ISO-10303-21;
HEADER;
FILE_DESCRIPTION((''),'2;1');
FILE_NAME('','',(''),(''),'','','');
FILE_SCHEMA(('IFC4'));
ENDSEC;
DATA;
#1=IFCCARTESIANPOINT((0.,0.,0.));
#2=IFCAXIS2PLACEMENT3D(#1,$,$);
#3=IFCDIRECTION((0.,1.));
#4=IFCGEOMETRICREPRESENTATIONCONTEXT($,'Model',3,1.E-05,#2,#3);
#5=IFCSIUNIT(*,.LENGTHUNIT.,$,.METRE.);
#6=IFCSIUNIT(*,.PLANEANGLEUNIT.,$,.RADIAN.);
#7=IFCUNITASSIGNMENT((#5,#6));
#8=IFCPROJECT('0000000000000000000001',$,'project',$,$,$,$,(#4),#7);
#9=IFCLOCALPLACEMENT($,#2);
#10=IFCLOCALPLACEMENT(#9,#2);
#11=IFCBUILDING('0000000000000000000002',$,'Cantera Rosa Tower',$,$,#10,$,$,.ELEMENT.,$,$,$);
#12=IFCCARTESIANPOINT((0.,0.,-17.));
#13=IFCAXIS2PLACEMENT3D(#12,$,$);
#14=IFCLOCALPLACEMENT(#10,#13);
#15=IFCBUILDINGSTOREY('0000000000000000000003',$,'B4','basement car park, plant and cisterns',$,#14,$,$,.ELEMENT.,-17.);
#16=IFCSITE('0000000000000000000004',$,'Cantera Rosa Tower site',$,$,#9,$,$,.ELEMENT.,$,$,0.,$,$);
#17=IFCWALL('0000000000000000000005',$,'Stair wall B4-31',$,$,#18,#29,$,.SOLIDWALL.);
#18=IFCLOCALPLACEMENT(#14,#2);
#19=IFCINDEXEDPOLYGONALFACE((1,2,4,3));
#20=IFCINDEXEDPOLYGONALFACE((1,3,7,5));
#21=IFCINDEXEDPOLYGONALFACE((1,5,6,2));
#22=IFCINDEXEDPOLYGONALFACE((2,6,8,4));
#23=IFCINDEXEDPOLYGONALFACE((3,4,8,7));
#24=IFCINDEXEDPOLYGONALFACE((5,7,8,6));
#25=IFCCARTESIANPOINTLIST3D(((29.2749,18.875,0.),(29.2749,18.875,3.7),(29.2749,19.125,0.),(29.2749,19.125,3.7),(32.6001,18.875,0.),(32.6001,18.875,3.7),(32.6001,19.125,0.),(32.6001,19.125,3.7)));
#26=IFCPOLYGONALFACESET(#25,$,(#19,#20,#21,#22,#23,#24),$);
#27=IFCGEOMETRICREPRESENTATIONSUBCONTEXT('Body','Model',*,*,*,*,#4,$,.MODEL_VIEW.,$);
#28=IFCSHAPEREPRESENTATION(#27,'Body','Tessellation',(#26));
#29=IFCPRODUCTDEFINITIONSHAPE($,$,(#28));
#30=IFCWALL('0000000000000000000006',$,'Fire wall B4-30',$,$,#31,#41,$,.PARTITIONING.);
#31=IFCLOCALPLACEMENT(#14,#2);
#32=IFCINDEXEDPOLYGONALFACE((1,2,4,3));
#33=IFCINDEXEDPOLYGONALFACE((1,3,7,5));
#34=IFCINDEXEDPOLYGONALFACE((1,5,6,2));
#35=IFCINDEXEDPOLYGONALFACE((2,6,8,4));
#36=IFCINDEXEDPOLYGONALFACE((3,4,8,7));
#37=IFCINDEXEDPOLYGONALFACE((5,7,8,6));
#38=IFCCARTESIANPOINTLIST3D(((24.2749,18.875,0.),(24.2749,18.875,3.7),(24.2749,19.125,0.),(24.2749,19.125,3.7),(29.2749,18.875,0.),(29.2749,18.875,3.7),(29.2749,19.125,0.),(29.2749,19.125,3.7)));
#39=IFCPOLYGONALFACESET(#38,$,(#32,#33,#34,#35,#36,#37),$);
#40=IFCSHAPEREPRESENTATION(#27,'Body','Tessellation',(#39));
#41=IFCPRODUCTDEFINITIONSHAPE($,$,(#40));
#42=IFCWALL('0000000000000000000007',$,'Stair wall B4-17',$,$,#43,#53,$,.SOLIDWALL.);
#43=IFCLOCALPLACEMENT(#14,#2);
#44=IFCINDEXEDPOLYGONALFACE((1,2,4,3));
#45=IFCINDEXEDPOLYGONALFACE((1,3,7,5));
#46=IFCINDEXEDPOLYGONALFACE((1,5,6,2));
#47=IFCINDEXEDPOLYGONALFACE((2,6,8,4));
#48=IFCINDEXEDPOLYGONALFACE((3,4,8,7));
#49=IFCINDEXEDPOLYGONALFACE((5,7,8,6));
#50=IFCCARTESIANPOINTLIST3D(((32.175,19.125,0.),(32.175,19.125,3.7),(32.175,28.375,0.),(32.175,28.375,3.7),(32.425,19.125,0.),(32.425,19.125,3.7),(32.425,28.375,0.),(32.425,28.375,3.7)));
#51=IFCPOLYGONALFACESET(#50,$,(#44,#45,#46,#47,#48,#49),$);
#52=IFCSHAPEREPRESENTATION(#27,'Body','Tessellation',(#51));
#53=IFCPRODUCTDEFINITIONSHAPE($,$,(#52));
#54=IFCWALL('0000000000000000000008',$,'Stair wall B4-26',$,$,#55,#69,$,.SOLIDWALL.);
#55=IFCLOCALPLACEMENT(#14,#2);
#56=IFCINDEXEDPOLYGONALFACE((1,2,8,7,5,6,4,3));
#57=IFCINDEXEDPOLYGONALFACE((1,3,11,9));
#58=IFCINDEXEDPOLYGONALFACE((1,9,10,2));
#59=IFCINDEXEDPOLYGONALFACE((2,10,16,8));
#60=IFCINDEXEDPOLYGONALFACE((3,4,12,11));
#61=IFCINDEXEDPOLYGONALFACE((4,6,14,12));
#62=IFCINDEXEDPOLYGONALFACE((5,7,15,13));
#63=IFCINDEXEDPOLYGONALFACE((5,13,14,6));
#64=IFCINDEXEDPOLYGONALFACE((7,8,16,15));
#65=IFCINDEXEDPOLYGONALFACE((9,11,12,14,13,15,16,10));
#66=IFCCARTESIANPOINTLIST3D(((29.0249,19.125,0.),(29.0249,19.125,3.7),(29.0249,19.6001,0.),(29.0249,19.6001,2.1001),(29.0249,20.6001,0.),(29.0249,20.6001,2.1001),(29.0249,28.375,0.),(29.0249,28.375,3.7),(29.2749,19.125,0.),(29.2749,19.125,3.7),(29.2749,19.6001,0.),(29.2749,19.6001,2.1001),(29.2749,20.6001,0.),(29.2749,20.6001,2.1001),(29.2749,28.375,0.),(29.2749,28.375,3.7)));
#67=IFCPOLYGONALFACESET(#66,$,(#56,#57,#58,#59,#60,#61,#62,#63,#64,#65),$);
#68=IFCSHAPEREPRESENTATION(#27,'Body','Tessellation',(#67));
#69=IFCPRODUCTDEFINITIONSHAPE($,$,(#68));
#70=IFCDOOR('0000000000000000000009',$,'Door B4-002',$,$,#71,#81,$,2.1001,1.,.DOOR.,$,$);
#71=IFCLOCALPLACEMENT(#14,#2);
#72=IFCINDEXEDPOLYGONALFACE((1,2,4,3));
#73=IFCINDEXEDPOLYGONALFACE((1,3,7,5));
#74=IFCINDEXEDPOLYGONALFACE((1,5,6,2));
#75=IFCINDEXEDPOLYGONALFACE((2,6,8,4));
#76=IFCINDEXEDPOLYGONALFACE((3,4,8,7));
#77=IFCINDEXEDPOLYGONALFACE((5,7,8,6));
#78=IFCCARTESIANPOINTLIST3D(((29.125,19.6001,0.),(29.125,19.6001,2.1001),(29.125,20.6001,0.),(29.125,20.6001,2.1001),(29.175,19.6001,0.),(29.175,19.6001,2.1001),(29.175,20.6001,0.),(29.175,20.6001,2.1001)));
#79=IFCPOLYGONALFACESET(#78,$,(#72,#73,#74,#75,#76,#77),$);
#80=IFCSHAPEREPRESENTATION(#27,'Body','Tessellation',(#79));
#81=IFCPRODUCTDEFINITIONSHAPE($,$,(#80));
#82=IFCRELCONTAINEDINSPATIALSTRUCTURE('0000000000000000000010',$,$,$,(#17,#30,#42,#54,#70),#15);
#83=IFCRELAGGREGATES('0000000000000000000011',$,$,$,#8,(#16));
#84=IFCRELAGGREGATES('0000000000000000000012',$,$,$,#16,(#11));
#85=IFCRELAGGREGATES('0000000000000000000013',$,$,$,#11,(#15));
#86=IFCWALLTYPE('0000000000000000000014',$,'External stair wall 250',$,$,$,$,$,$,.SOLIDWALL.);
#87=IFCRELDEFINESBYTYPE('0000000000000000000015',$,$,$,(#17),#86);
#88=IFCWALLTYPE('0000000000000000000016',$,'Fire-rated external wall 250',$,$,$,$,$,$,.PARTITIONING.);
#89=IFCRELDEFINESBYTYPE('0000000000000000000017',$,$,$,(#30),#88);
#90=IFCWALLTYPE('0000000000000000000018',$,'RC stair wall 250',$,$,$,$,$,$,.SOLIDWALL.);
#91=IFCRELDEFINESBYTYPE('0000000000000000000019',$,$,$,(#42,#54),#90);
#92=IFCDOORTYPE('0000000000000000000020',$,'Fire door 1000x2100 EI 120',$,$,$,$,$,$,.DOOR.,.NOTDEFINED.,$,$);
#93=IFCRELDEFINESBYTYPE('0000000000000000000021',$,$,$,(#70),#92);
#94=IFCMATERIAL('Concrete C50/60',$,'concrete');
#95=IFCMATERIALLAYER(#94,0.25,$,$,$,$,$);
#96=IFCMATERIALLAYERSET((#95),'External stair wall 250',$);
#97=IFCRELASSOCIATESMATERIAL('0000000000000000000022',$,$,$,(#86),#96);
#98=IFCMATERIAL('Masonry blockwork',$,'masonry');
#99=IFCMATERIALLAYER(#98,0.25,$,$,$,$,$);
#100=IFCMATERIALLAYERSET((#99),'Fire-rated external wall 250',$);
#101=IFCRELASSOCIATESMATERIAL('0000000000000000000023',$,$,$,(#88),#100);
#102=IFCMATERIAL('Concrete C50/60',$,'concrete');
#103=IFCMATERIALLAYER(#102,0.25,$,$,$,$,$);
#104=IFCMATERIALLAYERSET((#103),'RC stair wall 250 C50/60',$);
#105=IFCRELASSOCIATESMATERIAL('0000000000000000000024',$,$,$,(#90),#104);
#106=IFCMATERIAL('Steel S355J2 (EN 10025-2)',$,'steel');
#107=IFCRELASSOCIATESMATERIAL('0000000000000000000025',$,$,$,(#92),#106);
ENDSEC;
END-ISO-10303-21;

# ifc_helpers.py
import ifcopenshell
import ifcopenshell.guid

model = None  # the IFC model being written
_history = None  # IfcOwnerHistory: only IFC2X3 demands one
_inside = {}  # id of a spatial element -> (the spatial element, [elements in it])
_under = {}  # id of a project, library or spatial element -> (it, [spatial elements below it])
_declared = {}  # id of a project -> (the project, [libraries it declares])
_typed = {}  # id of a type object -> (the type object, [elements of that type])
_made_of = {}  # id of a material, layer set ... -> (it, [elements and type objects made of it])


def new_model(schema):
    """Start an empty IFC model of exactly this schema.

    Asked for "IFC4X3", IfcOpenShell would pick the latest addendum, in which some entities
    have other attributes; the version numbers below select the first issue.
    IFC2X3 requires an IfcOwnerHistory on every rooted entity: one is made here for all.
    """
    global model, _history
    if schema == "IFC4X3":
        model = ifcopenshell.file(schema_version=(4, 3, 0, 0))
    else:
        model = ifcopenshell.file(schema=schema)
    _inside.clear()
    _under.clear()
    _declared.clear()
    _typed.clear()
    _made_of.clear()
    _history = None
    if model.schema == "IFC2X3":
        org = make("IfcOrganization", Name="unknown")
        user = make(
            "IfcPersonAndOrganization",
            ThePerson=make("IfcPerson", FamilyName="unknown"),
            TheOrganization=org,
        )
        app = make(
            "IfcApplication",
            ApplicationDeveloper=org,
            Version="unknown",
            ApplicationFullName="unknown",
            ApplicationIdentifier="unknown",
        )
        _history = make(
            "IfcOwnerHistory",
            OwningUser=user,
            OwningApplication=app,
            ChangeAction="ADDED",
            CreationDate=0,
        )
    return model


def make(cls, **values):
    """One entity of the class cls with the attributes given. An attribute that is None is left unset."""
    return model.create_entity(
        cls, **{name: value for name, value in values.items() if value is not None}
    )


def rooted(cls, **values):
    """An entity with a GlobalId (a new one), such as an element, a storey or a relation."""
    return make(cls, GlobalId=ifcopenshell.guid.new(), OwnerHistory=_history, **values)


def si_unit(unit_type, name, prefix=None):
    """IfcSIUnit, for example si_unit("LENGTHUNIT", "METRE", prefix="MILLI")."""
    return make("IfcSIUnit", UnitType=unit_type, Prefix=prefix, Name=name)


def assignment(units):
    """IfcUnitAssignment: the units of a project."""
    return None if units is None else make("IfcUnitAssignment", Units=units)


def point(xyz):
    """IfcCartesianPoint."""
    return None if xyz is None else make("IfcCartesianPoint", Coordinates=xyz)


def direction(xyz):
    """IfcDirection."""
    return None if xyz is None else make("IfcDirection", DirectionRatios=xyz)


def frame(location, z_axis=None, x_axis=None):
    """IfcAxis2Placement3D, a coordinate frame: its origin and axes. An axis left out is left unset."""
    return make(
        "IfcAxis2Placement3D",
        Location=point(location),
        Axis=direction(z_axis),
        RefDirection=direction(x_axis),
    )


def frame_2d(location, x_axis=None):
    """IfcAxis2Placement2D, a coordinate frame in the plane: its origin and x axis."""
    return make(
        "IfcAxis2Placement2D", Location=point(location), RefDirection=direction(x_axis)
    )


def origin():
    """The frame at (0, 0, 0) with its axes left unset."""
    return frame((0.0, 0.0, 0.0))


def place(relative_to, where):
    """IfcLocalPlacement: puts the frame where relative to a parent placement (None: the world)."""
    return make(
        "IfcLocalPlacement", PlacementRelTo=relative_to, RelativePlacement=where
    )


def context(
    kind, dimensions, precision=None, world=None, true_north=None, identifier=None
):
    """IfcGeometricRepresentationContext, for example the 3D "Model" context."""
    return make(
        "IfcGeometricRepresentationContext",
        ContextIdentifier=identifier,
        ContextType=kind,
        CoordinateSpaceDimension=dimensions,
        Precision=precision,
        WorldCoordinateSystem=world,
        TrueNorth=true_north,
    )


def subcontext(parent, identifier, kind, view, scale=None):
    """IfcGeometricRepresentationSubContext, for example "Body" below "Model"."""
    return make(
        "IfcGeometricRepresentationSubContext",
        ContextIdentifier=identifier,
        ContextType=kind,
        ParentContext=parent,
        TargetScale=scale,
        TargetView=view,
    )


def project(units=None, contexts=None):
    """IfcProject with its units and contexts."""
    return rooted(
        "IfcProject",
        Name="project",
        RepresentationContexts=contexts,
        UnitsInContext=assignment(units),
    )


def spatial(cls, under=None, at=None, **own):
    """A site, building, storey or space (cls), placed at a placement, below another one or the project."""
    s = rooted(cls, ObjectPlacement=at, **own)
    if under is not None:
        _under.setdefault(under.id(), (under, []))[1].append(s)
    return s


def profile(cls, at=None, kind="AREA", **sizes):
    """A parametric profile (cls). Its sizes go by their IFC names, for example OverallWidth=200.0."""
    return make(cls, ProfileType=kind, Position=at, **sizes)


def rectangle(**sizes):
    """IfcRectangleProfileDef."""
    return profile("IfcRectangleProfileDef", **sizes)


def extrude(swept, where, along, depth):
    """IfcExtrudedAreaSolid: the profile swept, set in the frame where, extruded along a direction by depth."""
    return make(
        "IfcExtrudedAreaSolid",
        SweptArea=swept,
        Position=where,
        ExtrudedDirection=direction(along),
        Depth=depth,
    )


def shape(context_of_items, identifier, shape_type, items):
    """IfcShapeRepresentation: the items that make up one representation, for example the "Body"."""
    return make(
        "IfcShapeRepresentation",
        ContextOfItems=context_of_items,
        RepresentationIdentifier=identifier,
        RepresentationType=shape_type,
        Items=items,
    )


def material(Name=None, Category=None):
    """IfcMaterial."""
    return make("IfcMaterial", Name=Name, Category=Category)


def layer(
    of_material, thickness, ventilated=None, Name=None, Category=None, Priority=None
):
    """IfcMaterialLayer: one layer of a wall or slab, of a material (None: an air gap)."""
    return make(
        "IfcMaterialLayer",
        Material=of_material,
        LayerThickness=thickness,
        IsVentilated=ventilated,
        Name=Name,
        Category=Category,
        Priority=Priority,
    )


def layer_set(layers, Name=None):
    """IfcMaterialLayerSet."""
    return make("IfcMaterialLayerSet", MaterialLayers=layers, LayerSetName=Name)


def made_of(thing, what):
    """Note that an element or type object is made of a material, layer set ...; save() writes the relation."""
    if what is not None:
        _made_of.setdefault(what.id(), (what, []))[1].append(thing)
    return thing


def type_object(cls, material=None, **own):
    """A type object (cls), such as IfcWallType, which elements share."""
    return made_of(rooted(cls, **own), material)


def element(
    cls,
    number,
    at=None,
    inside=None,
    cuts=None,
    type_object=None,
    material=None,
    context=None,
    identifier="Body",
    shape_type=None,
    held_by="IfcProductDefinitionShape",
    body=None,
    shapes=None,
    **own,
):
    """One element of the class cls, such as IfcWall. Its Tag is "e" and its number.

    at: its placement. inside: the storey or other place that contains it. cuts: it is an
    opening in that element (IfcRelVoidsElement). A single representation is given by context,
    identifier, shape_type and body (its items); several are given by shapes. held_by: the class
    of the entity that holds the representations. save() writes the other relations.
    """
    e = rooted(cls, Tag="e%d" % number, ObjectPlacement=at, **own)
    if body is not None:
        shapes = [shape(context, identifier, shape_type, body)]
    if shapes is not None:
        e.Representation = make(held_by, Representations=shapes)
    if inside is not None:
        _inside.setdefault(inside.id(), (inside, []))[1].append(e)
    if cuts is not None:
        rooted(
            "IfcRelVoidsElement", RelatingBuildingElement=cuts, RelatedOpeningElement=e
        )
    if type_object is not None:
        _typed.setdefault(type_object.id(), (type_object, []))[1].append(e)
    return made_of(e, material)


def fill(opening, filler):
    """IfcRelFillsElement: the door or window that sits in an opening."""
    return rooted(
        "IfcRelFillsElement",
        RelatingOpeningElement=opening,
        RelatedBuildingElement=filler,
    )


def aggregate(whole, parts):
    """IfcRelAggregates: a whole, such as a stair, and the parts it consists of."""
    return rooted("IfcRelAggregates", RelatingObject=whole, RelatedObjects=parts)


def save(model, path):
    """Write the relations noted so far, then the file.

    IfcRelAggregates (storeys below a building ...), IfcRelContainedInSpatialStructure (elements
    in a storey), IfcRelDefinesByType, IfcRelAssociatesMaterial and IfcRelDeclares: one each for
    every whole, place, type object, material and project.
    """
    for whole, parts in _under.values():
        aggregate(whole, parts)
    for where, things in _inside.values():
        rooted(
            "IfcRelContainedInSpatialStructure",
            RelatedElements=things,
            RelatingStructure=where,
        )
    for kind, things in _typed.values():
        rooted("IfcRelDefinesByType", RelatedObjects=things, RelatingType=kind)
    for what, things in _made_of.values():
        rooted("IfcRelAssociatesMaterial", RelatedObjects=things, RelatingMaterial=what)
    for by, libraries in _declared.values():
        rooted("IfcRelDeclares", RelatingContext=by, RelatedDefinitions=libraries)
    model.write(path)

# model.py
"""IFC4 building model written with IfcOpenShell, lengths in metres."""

from ifc_helpers import new_model, si_unit, direction, frame, frame_2d, origin, place, context, subcontext, project, spatial, rectangle, extrude, material, layer, layer_set, type_object, element, fill, save


model = new_model("IFC4")

# Units and contexts
model_context = context("Model", 3, precision=1e-05, world=origin(), true_north=direction((0.0, 1.0)))
body_context = subcontext(model_context, "Body", "Model", "MODEL_VIEW")
ifc_project = project(units=[si_unit("LENGTHUNIT", "METRE"), si_unit("PLANEANGLEUNIT", "RADIAN")], contexts=[model_context])

# Site, building, storey
site_placement = place(None, origin())
site = spatial("IfcSite", under=ifc_project, at=site_placement, Name="Cantera Rosa Tower site", CompositionType="ELEMENT", RefElevation=0.0)
building_placement = place(site_placement, origin())
building = spatial("IfcBuilding", under=site, at=building_placement, Name="Cantera Rosa Tower", CompositionType="ELEMENT")
storey_placement = place(building_placement, frame((0.0, 0.0, -17.0)))
storey = spatial("IfcBuildingStorey", under=building, at=storey_placement, Name="B4", Description="basement car park, plant and cisterns", CompositionType="ELEMENT", Elevation=-17.0)

# Walls
ifc_material_1 = material(Name="Concrete C50/60", Category="concrete")
ifc_layer_1 = layer(ifc_material_1, 0.25)
ifc_layer_set_1 = layer_set([ifc_layer_1], Name="External stair wall 250")
wall_type_1 = type_object("IfcWallType", Name="External stair wall 250", PredefinedType="SOLIDWALL", material=ifc_layer_set_1)
wall_1_placement = place(storey_placement, frame((32.6001, 19.0, 0.0), z_axis=(0.0, 0.0, 1.0), x_axis=(-1.0, 0.0, 0.0)))
element("IfcWall", 1, at=wall_1_placement, inside=storey, type_object=wall_type_1, Name="Stair wall B4-31", PredefinedType="SOLIDWALL", context=body_context, shape_type="SweptSolid", body=[
    extrude(rectangle(XDim=3.3252, YDim=0.25, at=frame_2d((1.6626, 0.0))), origin(), (0.0, 0.0, 1.0), 3.7),
])
ifc_material_2 = material(Name="Masonry blockwork", Category="masonry")
ifc_layer_2 = layer(ifc_material_2, 0.25)
ifc_layer_set_2 = layer_set([ifc_layer_2], Name="Fire-rated external wall 250")
wall_type_2 = type_object("IfcWallType", Name="Fire-rated external wall 250", PredefinedType="PARTITIONING", material=ifc_layer_set_2)
wall_2_placement = place(storey_placement, frame((24.2749, 19.0, 0.0), z_axis=(0.0, 0.0, 1.0), x_axis=(1.0, 0.0, 0.0)))
element("IfcWall", 2, at=wall_2_placement, inside=storey, type_object=wall_type_2, Name="Fire wall B4-30", PredefinedType="PARTITIONING", context=body_context, shape_type="SweptSolid", body=[
    extrude(rectangle(XDim=5.0, YDim=0.25, at=frame_2d((2.5, 0.0))), origin(), (0.0, 0.0, 1.0), 3.7),
])
ifc_material_3 = material(Name="Concrete C50/60", Category="concrete")
ifc_layer_3 = layer(ifc_material_3, 0.25)
ifc_layer_set_3 = layer_set([ifc_layer_3], Name="RC stair wall 250 C50/60")
wall_type_3 = type_object("IfcWallType", Name="RC stair wall 250", PredefinedType="SOLIDWALL", material=ifc_layer_set_3)
wall_3_placement = place(storey_placement, frame((32.3, 19.125, 0.0), z_axis=(0.0, 0.0, 1.0), x_axis=(0.0, 1.0, 0.0)))
element("IfcWall", 3, at=wall_3_placement, inside=storey, type_object=wall_type_3, Name="Stair wall B4-17", PredefinedType="SOLIDWALL", context=body_context, shape_type="SweptSolid", body=[
    extrude(rectangle(XDim=9.25, YDim=0.25, at=frame_2d((4.625, 0.0))), origin(), (0.0, 0.0, 1.0), 3.7),
])

# Wall, opening, door
wall_4_placement = place(storey_placement, frame((29.1499, 19.125, 0.0), z_axis=(0.0, 0.0, 1.0), x_axis=(0.0, 1.0, 0.0)))
wall_4 = element("IfcWall", 4, at=wall_4_placement, inside=storey, type_object=wall_type_3, Name="Stair wall B4-26", PredefinedType="SOLIDWALL", context=body_context, shape_type="SweptSolid", body=[
    extrude(rectangle(XDim=9.25, YDim=0.25, at=frame_2d((4.625, 0.0))), origin(), (0.0, 0.0, 1.0), 3.7),
])
opening_1_placement = place(wall_4_placement, frame((0.4751, 0.0, 0.0)))
opening_1 = element("IfcOpeningElement", 5, at=opening_1_placement, cuts=wall_4, PredefinedType="OPENING", context=body_context, shape_type="SweptSolid", body=[
    extrude(rectangle(XDim=1.0, YDim=2.1001, at=frame_2d((0.5, 1.05))), frame((0.0, 0.135, 0.0), z_axis=(0.0, -1.0, 0.0), x_axis=(1.0, 0.0, 0.0)), (0.0, 0.0, 1.0), 0.27),
])
ifc_material_4 = material(Name="Steel S355J2 (EN 10025-2)", Category="steel")
door_type_1 = type_object("IfcDoorType", Name="Fire door 1000x2100 EI 120", OperationType="NOTDEFINED", PredefinedType="DOOR", material=ifc_material_4)
door_1_placement = place(opening_1_placement, origin())
door_1 = element("IfcDoor", 6, at=door_1_placement, inside=storey, type_object=door_type_1, Name="Door B4-002", OverallHeight=2.1001, OverallWidth=1.0, PredefinedType="DOOR", context=body_context, shape_type="SweptSolid", body=[
    extrude(rectangle(XDim=1.0, YDim=2.1001, at=frame_2d((0.5, 1.05))), frame((0.0, 0.0249, 0.0), z_axis=(0.0, -1.0, 0.0), x_axis=(1.0, 0.0, 0.0)), (0.0, 0.0, 1.0), 0.05),
])
fill(opening_1, door_1)

save(model, "model.ifc")
